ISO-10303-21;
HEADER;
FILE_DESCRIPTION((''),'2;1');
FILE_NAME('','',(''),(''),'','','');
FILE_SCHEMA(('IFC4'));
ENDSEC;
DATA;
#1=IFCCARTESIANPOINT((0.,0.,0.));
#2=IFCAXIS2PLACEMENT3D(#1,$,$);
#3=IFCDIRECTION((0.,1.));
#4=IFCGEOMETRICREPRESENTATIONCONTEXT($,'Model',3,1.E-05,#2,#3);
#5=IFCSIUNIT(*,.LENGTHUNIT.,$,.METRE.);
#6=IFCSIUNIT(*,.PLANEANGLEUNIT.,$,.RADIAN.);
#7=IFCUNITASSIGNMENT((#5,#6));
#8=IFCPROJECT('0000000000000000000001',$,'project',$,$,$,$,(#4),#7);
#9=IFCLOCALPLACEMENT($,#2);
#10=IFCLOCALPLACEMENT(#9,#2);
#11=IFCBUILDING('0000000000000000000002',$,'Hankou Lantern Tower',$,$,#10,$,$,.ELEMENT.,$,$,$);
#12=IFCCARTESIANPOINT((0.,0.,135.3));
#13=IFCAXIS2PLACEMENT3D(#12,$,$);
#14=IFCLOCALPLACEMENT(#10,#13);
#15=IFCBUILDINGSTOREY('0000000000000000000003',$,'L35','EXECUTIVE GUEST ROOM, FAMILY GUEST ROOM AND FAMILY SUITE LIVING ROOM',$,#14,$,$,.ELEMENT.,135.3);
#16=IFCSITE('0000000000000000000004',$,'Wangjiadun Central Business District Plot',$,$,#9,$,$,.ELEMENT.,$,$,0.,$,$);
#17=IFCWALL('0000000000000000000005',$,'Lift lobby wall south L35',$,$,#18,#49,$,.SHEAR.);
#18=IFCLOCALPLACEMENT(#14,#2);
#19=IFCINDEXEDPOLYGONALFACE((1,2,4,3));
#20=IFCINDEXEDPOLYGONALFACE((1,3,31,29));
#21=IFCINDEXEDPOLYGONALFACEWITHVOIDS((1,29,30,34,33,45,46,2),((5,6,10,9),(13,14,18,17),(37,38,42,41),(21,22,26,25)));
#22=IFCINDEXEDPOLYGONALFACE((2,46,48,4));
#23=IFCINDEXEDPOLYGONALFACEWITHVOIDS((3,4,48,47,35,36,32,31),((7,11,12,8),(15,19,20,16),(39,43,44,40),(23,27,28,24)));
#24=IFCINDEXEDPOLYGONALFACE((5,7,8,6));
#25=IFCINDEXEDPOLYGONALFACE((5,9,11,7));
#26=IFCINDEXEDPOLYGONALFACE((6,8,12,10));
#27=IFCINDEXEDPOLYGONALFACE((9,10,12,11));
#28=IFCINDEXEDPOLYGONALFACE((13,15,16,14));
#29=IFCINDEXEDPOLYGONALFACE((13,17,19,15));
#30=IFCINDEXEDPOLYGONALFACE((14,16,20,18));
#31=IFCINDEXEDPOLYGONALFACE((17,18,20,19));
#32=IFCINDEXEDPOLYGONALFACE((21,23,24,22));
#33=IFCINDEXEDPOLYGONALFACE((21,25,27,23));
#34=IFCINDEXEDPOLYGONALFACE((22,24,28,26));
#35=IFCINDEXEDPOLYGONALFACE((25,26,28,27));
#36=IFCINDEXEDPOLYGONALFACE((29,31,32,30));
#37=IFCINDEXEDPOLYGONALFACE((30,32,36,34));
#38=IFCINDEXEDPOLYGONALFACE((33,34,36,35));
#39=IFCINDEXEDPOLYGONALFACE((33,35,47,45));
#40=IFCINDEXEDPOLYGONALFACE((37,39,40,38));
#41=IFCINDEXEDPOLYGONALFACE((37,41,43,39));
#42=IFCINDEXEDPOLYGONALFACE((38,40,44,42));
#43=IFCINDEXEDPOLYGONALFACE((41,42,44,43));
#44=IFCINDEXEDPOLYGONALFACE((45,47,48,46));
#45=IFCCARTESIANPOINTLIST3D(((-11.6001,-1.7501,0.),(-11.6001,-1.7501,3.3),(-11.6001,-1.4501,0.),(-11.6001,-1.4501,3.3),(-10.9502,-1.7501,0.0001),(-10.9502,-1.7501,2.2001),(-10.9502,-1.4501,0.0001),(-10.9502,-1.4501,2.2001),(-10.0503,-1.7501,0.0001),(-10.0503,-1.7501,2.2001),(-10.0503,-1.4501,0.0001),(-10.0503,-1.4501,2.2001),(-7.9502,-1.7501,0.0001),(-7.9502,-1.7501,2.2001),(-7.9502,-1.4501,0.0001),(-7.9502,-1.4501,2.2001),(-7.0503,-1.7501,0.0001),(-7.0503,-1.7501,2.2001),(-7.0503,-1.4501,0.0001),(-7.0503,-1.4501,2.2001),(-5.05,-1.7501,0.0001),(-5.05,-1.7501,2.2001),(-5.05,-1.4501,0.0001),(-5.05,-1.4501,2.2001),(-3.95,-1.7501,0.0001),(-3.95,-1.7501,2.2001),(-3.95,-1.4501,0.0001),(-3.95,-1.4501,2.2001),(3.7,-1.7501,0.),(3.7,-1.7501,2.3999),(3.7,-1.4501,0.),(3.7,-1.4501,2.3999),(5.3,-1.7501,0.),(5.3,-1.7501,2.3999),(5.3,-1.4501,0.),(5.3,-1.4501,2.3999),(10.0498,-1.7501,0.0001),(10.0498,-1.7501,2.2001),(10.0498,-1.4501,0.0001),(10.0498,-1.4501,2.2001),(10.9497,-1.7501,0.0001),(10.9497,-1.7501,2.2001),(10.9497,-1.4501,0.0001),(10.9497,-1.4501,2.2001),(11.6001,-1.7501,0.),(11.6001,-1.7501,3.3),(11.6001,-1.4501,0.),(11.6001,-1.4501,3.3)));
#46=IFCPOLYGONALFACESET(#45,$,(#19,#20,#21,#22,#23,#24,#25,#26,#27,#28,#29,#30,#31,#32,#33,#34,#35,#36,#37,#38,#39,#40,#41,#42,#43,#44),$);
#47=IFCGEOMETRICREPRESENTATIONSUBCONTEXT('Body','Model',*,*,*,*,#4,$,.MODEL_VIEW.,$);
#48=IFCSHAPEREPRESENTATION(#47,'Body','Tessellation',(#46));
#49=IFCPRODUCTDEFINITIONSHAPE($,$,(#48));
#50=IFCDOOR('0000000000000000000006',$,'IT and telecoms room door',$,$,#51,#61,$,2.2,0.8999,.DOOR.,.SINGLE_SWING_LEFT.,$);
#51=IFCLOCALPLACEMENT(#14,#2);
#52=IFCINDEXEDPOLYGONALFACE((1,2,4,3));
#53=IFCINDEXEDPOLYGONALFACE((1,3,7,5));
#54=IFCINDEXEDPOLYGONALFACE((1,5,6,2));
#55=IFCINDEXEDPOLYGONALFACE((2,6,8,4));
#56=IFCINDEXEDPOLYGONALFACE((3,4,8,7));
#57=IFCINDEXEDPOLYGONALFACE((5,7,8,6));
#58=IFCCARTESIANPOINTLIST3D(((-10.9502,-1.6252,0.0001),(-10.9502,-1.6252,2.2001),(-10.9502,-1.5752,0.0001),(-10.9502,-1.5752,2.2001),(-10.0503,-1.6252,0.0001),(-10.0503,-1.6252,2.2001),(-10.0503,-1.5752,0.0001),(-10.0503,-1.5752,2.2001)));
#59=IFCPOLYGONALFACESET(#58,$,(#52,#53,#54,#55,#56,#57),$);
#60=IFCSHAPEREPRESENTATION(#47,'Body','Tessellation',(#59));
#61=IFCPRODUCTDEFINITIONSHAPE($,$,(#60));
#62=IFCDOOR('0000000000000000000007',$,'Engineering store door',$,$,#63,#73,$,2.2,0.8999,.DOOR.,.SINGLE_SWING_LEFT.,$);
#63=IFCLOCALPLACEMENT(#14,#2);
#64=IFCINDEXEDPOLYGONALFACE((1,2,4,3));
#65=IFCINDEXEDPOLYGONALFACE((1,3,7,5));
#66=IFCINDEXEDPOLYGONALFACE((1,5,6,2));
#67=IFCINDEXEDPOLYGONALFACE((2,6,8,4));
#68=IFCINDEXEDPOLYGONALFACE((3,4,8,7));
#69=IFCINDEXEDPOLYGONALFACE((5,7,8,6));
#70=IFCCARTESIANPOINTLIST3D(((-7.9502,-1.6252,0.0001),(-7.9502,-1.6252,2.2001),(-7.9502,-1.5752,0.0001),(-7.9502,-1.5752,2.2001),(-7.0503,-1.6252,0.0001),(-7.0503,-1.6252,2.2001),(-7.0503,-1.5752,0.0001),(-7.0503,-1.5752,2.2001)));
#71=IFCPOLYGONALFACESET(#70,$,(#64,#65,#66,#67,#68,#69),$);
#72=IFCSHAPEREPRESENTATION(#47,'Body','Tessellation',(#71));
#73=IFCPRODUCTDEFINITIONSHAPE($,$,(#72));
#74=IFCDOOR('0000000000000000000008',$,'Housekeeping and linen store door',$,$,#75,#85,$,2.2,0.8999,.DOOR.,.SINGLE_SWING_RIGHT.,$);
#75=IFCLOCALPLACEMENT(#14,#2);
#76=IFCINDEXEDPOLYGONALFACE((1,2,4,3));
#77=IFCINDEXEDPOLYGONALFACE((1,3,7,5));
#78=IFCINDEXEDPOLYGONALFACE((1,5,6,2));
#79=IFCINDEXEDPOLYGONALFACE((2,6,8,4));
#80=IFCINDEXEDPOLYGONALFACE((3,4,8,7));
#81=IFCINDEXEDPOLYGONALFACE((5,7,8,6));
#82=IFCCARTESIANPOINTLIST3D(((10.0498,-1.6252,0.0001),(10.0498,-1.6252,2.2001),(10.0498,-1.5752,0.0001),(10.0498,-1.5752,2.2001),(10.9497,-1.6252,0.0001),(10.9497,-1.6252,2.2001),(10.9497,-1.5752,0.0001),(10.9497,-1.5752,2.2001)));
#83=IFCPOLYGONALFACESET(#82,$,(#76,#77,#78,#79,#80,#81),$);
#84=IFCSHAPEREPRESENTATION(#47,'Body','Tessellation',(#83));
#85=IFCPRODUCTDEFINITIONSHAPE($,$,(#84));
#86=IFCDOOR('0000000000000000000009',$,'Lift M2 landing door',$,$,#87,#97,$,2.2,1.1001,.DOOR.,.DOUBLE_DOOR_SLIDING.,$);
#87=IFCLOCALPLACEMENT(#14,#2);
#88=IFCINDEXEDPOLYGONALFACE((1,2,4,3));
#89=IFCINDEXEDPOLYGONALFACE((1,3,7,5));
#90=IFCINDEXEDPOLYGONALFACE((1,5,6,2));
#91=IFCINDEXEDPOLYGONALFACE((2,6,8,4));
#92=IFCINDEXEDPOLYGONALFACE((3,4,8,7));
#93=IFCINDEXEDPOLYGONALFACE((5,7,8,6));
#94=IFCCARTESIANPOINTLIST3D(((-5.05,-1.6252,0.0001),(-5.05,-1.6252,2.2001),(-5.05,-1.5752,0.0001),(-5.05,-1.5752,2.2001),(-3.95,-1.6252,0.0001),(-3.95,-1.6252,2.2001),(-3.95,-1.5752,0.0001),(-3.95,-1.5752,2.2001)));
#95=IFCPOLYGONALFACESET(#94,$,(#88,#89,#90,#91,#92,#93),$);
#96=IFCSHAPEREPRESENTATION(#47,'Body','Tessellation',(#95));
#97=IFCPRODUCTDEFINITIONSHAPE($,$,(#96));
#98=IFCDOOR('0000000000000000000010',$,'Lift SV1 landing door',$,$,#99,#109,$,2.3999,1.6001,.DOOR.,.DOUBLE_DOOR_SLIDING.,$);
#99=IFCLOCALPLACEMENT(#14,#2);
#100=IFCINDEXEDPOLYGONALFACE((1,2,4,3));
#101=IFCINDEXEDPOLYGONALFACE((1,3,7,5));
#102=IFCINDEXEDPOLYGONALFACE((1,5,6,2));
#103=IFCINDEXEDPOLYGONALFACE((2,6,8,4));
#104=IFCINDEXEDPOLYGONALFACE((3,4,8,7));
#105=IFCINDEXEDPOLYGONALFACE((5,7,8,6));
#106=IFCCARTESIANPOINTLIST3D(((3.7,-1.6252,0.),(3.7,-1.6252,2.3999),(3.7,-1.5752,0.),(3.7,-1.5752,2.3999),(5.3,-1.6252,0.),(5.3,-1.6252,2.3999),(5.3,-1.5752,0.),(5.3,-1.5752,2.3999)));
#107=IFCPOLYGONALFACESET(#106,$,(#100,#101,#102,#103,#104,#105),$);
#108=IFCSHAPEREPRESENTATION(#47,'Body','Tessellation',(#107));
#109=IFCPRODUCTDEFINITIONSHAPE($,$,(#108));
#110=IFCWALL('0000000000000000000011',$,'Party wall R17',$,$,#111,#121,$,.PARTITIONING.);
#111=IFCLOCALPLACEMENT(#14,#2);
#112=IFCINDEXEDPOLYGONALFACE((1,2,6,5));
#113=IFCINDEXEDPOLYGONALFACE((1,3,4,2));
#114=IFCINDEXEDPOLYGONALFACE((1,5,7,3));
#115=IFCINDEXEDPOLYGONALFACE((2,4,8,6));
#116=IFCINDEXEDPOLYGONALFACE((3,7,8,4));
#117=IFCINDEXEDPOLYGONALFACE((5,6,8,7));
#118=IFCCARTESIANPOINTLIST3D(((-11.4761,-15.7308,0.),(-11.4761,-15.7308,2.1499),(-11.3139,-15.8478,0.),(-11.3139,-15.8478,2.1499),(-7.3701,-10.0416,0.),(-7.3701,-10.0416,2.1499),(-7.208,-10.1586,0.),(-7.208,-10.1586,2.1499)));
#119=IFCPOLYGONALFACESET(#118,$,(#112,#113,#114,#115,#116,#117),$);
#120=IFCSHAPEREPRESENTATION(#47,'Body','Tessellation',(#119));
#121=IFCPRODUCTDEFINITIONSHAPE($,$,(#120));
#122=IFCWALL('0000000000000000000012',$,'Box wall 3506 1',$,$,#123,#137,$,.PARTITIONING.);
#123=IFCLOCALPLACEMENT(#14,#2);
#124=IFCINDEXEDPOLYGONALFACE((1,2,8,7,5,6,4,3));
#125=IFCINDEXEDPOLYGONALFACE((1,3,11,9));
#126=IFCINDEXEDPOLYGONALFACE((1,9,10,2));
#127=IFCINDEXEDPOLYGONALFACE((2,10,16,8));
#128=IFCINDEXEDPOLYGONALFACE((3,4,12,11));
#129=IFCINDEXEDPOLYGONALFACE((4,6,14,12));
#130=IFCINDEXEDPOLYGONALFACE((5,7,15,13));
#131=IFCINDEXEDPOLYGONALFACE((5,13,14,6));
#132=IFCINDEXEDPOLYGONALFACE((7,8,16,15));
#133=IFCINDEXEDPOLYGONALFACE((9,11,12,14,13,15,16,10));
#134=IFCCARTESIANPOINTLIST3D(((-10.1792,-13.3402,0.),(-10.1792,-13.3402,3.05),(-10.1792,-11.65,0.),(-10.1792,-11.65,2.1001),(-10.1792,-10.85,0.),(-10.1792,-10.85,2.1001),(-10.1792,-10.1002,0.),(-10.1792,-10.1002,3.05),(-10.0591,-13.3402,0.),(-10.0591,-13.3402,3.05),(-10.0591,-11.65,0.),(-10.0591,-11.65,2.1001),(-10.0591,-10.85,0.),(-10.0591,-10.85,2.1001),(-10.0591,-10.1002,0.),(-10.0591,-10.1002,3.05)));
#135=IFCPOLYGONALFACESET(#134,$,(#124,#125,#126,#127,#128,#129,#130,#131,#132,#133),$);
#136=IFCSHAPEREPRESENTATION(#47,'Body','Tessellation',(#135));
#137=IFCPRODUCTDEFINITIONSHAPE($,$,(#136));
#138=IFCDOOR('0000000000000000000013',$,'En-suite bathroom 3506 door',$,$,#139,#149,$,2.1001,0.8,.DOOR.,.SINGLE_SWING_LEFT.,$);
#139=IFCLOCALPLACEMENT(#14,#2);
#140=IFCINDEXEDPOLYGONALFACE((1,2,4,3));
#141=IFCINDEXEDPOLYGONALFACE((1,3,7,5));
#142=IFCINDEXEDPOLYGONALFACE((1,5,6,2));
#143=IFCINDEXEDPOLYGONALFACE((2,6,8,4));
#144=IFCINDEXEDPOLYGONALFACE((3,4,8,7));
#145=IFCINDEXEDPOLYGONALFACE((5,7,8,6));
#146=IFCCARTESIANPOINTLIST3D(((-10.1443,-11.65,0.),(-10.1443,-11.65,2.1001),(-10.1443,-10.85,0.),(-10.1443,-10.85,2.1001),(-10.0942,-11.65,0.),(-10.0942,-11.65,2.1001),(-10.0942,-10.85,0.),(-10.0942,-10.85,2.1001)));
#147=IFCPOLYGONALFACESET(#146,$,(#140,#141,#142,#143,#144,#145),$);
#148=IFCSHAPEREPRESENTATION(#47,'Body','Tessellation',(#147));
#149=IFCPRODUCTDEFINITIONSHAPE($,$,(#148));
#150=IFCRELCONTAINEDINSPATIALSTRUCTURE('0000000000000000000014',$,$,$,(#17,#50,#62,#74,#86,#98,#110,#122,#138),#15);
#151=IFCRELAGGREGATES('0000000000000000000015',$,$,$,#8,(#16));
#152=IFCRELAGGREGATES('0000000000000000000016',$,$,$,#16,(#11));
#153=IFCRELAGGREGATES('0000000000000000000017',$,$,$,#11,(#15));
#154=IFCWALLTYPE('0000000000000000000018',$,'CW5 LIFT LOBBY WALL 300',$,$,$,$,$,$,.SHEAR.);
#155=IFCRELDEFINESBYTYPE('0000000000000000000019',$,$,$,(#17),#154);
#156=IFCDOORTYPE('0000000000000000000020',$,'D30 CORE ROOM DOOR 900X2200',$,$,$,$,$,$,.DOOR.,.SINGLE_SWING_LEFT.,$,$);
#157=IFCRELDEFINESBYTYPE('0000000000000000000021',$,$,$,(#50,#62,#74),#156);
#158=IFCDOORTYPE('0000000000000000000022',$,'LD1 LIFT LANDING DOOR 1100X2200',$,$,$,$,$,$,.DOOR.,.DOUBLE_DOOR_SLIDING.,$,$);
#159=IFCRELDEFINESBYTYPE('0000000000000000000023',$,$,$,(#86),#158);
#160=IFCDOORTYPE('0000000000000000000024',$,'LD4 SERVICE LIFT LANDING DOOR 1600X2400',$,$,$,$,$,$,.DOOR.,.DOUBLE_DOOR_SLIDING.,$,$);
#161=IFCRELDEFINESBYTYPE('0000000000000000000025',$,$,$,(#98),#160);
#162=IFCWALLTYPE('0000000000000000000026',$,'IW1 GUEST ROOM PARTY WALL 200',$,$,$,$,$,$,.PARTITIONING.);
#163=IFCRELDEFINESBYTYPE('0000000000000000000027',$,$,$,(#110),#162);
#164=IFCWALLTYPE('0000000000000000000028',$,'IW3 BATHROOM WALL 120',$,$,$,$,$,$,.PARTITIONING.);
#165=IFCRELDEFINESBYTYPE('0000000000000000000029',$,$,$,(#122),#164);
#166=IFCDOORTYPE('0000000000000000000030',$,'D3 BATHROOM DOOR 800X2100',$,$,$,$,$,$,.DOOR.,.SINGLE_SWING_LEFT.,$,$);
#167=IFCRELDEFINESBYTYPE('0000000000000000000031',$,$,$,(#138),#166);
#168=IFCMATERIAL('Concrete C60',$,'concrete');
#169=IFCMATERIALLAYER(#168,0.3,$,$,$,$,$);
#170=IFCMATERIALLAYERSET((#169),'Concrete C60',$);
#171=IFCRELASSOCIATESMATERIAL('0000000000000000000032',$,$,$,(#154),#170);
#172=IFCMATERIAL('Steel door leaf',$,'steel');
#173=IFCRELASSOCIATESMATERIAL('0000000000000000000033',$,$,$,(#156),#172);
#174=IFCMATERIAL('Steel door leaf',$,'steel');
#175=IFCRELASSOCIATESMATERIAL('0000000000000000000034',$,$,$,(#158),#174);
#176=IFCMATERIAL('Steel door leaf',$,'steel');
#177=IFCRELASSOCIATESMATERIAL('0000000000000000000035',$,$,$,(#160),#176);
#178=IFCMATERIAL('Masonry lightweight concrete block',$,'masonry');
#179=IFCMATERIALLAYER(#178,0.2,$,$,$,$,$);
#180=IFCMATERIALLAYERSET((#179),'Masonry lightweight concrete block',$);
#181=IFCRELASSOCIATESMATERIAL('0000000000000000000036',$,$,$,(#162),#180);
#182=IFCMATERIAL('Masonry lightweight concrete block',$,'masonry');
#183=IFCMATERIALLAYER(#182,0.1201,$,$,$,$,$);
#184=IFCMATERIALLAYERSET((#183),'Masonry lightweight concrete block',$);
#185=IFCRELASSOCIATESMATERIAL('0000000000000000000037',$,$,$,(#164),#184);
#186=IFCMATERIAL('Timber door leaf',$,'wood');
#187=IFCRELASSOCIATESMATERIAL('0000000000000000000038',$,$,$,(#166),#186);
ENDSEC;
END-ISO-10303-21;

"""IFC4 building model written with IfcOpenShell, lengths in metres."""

from ifc_helpers import new_model, si_unit, direction, frame, frame_2d, origin, place, context, subcontext, project, spatial, rectangle, extrude, material, layer, layer_set, type_object, element, fill, save


model = new_model("IFC4")

# Units and contexts
model_context = context("Model", 3, precision=1e-05, world=origin(), true_north=direction((0.0, 1.0)))
body_context = subcontext(model_context, "Body", "Model", "MODEL_VIEW")
ifc_project = project(units=[si_unit("LENGTHUNIT", "METRE"), si_unit("PLANEANGLEUNIT", "RADIAN")], contexts=[model_context])

# Site, building, storey
site_placement = place(None, origin())
site = spatial("IfcSite", under=ifc_project, at=site_placement, Name="Wangjiadun Central Business District Plot", CompositionType="ELEMENT", RefElevation=0.0)
building_placement = place(site_placement, origin())
building = spatial("IfcBuilding", under=site, at=building_placement, Name="Hankou Lantern Tower", CompositionType="ELEMENT")
storey_placement = place(building_placement, frame((0.0, 0.0, 135.3)))
storey = spatial("IfcBuildingStorey", under=building, at=storey_placement, Name="L35", Description="EXECUTIVE GUEST ROOM, FAMILY GUEST ROOM AND FAMILY SUITE LIVING ROOM", CompositionType="ELEMENT", Elevation=135.3)

# Wall, openings, doors
ifc_material_1 = material(Name="Concrete C60", Category="concrete")
ifc_layer_1 = layer(ifc_material_1, 0.3)
ifc_layer_set_1 = layer_set([ifc_layer_1], Name="Concrete C60")
wall_type_1 = type_object("IfcWallType", Name="CW5 LIFT LOBBY WALL 300", PredefinedType="SHEAR", material=ifc_layer_set_1)
wall_1_placement = place(storey_placement, frame((-11.6001, -1.6001, 0.0), z_axis=(0.0, 0.0, 1.0), x_axis=(1.0, 0.0, 0.0)))
wall_1 = element("IfcWall", 1, at=wall_1_placement, inside=storey, type_object=wall_type_1, Name="Lift lobby wall south L35", PredefinedType="SHEAR", context=body_context, shape_type="SweptSolid", body=[
    extrude(rectangle(XDim=23.2002, YDim=0.3, at=frame_2d((11.6001, 0.0))), origin(), (0.0, 0.0, 1.0), 3.3),
])
opening_1_placement = place(wall_1_placement, frame((6.55, 0.0, 0.0)))
opening_1 = element("IfcOpeningElement", 2, at=opening_1_placement, cuts=wall_1, PredefinedType="OPENING", context=body_context, shape_type="SweptSolid", body=[
    extrude(rectangle(XDim=1.1001, YDim=2.2, at=frame_2d((0.55, 1.1001))), frame((0.0, 0.1599, 0.0), z_axis=(0.0, -1.0, 0.0), x_axis=(1.0, 0.0, 0.0)), (0.0, 0.0, 1.0), 0.3201),
])
opening_2_placement = place(wall_1_placement, frame((15.3, 0.0, 0.0)))
opening_2 = element("IfcOpeningElement", 3, at=opening_2_placement, cuts=wall_1, PredefinedType="OPENING", context=body_context, shape_type="SweptSolid", body=[
    extrude(rectangle(XDim=1.6001, YDim=2.3999, at=frame_2d((0.8, 1.2))), frame((0.0, 0.1599, 0.0), z_axis=(0.0, -1.0, 0.0), x_axis=(1.0, 0.0, 0.0)), (0.0, 0.0, 1.0), 0.3201),
])
opening_3_placement = place(wall_1_placement, frame((0.6499, 0.0, 0.0)))
opening_3 = element("IfcOpeningElement", 4, at=opening_3_placement, cuts=wall_1, PredefinedType="OPENING", context=body_context, shape_type="SweptSolid", body=[
    extrude(rectangle(XDim=0.8999, YDim=2.2, at=frame_2d((0.45, 1.1001))), frame((0.0, 0.1599, 0.0), z_axis=(0.0, -1.0, 0.0), x_axis=(1.0, 0.0, 0.0)), (0.0, 0.0, 1.0), 0.3201),
])
opening_4_placement = place(wall_1_placement, frame((3.6499, 0.0, 0.0)))
opening_4 = element("IfcOpeningElement", 5, at=opening_4_placement, cuts=wall_1, PredefinedType="OPENING", context=body_context, shape_type="SweptSolid", body=[
    extrude(rectangle(XDim=0.8999, YDim=2.2, at=frame_2d((0.45, 1.1001))), frame((0.0, 0.1599, 0.0), z_axis=(0.0, -1.0, 0.0), x_axis=(1.0, 0.0, 0.0)), (0.0, 0.0, 1.0), 0.3201),
])
opening_5_placement = place(wall_1_placement, frame((21.6499, 0.0, 0.0)))
opening_5 = element("IfcOpeningElement", 6, at=opening_5_placement, cuts=wall_1, PredefinedType="OPENING", context=body_context, shape_type="SweptSolid", body=[
    extrude(rectangle(XDim=0.8999, YDim=2.2, at=frame_2d((0.45, 1.1001))), frame((0.0, 0.1599, 0.0), z_axis=(0.0, -1.0, 0.0), x_axis=(1.0, 0.0, 0.0)), (0.0, 0.0, 1.0), 0.3201),
])
ifc_material_2 = material(Name="Steel door leaf", Category="steel")
door_type_1 = type_object("IfcDoorType", Name="D30 CORE ROOM DOOR 900X2200", OperationType="SINGLE_SWING_LEFT", PredefinedType="DOOR", material=ifc_material_2)
door_1_placement = place(opening_3_placement, origin())
door_1 = element("IfcDoor", 7, at=door_1_placement, inside=storey, type_object=door_type_1, Name="IT and telecoms room door", OperationType="SINGLE_SWING_LEFT", OverallHeight=2.2, OverallWidth=0.8999, PredefinedType="DOOR", context=body_context, shape_type="SweptSolid", body=[
    extrude(rectangle(XDim=0.8999, YDim=2.2, at=frame_2d((0.45, 1.1001))), frame((0.0, 0.0249, 0.0), z_axis=(0.0, -1.0, 0.0), x_axis=(1.0, 0.0, 0.0)), (0.0, 0.0, 1.0), 0.05),
])
fill(opening_3, door_1)
door_2_placement = place(opening_4_placement, origin())
door_2 = element("IfcDoor", 8, at=door_2_placement, inside=storey, type_object=door_type_1, Name="Engineering store door", OperationType="SINGLE_SWING_LEFT", OverallHeight=2.2, OverallWidth=0.8999, PredefinedType="DOOR", context=body_context, shape_type="SweptSolid", body=[
    extrude(rectangle(XDim=0.8999, YDim=2.2, at=frame_2d((0.45, 1.1001))), frame((0.0, 0.0249, 0.0), z_axis=(0.0, -1.0, 0.0), x_axis=(1.0, 0.0, 0.0)), (0.0, 0.0, 1.0), 0.05),
])
fill(opening_4, door_2)
door_3_placement = place(opening_5_placement, origin())
door_3 = element("IfcDoor", 9, at=door_3_placement, inside=storey, type_object=door_type_1, Name="Housekeeping and linen store door", OperationType="SINGLE_SWING_RIGHT", OverallHeight=2.2, OverallWidth=0.8999, PredefinedType="DOOR", context=body_context, shape_type="SweptSolid", body=[
    extrude(rectangle(XDim=0.8999, YDim=2.2, at=frame_2d((0.45, 1.1001))), frame((0.0, 0.0249, 0.0), z_axis=(0.0, -1.0, 0.0), x_axis=(1.0, 0.0, 0.0)), (0.0, 0.0, 1.0), 0.05),
])
fill(opening_5, door_3)
ifc_material_3 = material(Name="Steel door leaf", Category="steel")
door_type_2 = type_object("IfcDoorType", Name="LD1 LIFT LANDING DOOR 1100X2200", OperationType="DOUBLE_DOOR_SLIDING", PredefinedType="DOOR", material=ifc_material_3)
door_4_placement = place(opening_1_placement, origin())
door_4 = element("IfcDoor", 10, at=door_4_placement, inside=storey, type_object=door_type_2, Name="Lift M2 landing door", OperationType="DOUBLE_DOOR_SLIDING", OverallHeight=2.2, OverallWidth=1.1001, PredefinedType="DOOR", context=body_context, shape_type="SweptSolid", body=[
    extrude(rectangle(XDim=1.1001, YDim=2.2, at=frame_2d((0.55, 1.1001))), frame((0.0, 0.0249, 0.0), z_axis=(0.0, -1.0, 0.0), x_axis=(1.0, 0.0, 0.0)), (0.0, 0.0, 1.0), 0.05),
])
fill(opening_1, door_4)
ifc_material_4 = material(Name="Steel door leaf", Category="steel")
door_type_3 = type_object("IfcDoorType", Name="LD4 SERVICE LIFT LANDING DOOR 1600X2400", OperationType="DOUBLE_DOOR_SLIDING", PredefinedType="DOOR", material=ifc_material_4)
door_5_placement = place(opening_2_placement, origin())
door_5 = element("IfcDoor", 11, at=door_5_placement, inside=storey, type_object=door_type_3, Name="Lift SV1 landing door", OperationType="DOUBLE_DOOR_SLIDING", OverallHeight=2.3999, OverallWidth=1.6001, PredefinedType="DOOR", context=body_context, shape_type="SweptSolid", body=[
    extrude(rectangle(XDim=1.6001, YDim=2.3999, at=frame_2d((0.8, 1.2))), frame((0.0, 0.0249, 0.0), z_axis=(0.0, -1.0, 0.0), x_axis=(1.0, 0.0, 0.0)), (0.0, 0.0, 1.0), 0.05),
])
fill(opening_2, door_5)

# Wall
ifc_material_5 = material(Name="Masonry lightweight concrete block", Category="masonry")
ifc_layer_2 = layer(ifc_material_5, 0.2)
ifc_layer_set_2 = layer_set([ifc_layer_2], Name="Masonry lightweight concrete block")
wall_type_2 = type_object("IfcWallType", Name="IW1 GUEST ROOM PARTY WALL 200", PredefinedType="PARTITIONING", material=ifc_layer_set_2)
wall_2_placement = place(storey_placement, frame((-7.2891, -10.1001, 0.0), z_axis=(0.0, 0.0, 1.0), x_axis=(-0.585217, -0.810876, 0.0)))
element("IfcWall", 12, at=wall_2_placement, inside=storey, type_object=wall_type_2, Name="Party wall R17", PredefinedType="PARTITIONING", context=body_context, shape_type="SweptSolid", body=[
    extrude(rectangle(XDim=7.0161, YDim=0.2, at=frame_2d((3.5081, 0.0))), origin(), (0.0, 0.0, 1.0), 2.1499),
])

# Wall, opening, door
ifc_material_6 = material(Name="Masonry lightweight concrete block", Category="masonry")
ifc_layer_3 = layer(ifc_material_6, 0.1201)
ifc_layer_set_3 = layer_set([ifc_layer_3], Name="Masonry lightweight concrete block")
wall_type_3 = type_object("IfcWallType", Name="IW3 BATHROOM WALL 120", PredefinedType="PARTITIONING", material=ifc_layer_set_3)
wall_3_placement = place(storey_placement, frame((-10.1191, -10.1001, 0.0), z_axis=(0.0, 0.0, 1.0), x_axis=(0.0, -1.0, 0.0)))
wall_3 = element("IfcWall", 13, at=wall_3_placement, inside=storey, type_object=wall_type_3, Name="Box wall 3506 1", PredefinedType="PARTITIONING", context=body_context, shape_type="SweptSolid", body=[
    extrude(rectangle(XDim=3.24, YDim=0.1201, at=frame_2d((1.6201, 0.0))), origin(), (0.0, 0.0, 1.0), 3.05),
])
opening_6_placement = place(wall_3_placement, frame((0.75, 0.0, 0.0)))
opening_6 = element("IfcOpeningElement", 14, at=opening_6_placement, cuts=wall_3, PredefinedType="OPENING", context=body_context, shape_type="SweptSolid", body=[
    extrude(rectangle(XDim=0.8, YDim=2.1001, at=frame_2d((0.3999, 1.05))), frame((0.0, 0.0701, 0.0), z_axis=(0.0, -1.0, 0.0), x_axis=(1.0, 0.0, 0.0)), (0.0, 0.0, 1.0), 0.1401),
])
ifc_material_7 = material(Name="Timber door leaf", Category="wood")
door_type_4 = type_object("IfcDoorType", Name="D3 BATHROOM DOOR 800X2100", OperationType="SINGLE_SWING_LEFT", PredefinedType="DOOR", material=ifc_material_7)
door_6_placement = place(opening_6_placement, origin())
door_6 = element("IfcDoor", 15, at=door_6_placement, inside=storey, type_object=door_type_4, Name="En-suite bathroom 3506 door", OperationType="SINGLE_SWING_LEFT", OverallHeight=2.1001, OverallWidth=0.8, PredefinedType="DOOR", context=body_context, shape_type="SweptSolid", body=[
    extrude(rectangle(XDim=0.8, YDim=2.1001, at=frame_2d((0.3999, 1.05))), frame((0.0, 0.0249, 0.0), z_axis=(0.0, -1.0, 0.0), x_axis=(1.0, 0.0, 0.0)), (0.0, 0.0, 1.0), 0.05),
])
fill(opening_6, door_6)

save(model, "model.ifc")
